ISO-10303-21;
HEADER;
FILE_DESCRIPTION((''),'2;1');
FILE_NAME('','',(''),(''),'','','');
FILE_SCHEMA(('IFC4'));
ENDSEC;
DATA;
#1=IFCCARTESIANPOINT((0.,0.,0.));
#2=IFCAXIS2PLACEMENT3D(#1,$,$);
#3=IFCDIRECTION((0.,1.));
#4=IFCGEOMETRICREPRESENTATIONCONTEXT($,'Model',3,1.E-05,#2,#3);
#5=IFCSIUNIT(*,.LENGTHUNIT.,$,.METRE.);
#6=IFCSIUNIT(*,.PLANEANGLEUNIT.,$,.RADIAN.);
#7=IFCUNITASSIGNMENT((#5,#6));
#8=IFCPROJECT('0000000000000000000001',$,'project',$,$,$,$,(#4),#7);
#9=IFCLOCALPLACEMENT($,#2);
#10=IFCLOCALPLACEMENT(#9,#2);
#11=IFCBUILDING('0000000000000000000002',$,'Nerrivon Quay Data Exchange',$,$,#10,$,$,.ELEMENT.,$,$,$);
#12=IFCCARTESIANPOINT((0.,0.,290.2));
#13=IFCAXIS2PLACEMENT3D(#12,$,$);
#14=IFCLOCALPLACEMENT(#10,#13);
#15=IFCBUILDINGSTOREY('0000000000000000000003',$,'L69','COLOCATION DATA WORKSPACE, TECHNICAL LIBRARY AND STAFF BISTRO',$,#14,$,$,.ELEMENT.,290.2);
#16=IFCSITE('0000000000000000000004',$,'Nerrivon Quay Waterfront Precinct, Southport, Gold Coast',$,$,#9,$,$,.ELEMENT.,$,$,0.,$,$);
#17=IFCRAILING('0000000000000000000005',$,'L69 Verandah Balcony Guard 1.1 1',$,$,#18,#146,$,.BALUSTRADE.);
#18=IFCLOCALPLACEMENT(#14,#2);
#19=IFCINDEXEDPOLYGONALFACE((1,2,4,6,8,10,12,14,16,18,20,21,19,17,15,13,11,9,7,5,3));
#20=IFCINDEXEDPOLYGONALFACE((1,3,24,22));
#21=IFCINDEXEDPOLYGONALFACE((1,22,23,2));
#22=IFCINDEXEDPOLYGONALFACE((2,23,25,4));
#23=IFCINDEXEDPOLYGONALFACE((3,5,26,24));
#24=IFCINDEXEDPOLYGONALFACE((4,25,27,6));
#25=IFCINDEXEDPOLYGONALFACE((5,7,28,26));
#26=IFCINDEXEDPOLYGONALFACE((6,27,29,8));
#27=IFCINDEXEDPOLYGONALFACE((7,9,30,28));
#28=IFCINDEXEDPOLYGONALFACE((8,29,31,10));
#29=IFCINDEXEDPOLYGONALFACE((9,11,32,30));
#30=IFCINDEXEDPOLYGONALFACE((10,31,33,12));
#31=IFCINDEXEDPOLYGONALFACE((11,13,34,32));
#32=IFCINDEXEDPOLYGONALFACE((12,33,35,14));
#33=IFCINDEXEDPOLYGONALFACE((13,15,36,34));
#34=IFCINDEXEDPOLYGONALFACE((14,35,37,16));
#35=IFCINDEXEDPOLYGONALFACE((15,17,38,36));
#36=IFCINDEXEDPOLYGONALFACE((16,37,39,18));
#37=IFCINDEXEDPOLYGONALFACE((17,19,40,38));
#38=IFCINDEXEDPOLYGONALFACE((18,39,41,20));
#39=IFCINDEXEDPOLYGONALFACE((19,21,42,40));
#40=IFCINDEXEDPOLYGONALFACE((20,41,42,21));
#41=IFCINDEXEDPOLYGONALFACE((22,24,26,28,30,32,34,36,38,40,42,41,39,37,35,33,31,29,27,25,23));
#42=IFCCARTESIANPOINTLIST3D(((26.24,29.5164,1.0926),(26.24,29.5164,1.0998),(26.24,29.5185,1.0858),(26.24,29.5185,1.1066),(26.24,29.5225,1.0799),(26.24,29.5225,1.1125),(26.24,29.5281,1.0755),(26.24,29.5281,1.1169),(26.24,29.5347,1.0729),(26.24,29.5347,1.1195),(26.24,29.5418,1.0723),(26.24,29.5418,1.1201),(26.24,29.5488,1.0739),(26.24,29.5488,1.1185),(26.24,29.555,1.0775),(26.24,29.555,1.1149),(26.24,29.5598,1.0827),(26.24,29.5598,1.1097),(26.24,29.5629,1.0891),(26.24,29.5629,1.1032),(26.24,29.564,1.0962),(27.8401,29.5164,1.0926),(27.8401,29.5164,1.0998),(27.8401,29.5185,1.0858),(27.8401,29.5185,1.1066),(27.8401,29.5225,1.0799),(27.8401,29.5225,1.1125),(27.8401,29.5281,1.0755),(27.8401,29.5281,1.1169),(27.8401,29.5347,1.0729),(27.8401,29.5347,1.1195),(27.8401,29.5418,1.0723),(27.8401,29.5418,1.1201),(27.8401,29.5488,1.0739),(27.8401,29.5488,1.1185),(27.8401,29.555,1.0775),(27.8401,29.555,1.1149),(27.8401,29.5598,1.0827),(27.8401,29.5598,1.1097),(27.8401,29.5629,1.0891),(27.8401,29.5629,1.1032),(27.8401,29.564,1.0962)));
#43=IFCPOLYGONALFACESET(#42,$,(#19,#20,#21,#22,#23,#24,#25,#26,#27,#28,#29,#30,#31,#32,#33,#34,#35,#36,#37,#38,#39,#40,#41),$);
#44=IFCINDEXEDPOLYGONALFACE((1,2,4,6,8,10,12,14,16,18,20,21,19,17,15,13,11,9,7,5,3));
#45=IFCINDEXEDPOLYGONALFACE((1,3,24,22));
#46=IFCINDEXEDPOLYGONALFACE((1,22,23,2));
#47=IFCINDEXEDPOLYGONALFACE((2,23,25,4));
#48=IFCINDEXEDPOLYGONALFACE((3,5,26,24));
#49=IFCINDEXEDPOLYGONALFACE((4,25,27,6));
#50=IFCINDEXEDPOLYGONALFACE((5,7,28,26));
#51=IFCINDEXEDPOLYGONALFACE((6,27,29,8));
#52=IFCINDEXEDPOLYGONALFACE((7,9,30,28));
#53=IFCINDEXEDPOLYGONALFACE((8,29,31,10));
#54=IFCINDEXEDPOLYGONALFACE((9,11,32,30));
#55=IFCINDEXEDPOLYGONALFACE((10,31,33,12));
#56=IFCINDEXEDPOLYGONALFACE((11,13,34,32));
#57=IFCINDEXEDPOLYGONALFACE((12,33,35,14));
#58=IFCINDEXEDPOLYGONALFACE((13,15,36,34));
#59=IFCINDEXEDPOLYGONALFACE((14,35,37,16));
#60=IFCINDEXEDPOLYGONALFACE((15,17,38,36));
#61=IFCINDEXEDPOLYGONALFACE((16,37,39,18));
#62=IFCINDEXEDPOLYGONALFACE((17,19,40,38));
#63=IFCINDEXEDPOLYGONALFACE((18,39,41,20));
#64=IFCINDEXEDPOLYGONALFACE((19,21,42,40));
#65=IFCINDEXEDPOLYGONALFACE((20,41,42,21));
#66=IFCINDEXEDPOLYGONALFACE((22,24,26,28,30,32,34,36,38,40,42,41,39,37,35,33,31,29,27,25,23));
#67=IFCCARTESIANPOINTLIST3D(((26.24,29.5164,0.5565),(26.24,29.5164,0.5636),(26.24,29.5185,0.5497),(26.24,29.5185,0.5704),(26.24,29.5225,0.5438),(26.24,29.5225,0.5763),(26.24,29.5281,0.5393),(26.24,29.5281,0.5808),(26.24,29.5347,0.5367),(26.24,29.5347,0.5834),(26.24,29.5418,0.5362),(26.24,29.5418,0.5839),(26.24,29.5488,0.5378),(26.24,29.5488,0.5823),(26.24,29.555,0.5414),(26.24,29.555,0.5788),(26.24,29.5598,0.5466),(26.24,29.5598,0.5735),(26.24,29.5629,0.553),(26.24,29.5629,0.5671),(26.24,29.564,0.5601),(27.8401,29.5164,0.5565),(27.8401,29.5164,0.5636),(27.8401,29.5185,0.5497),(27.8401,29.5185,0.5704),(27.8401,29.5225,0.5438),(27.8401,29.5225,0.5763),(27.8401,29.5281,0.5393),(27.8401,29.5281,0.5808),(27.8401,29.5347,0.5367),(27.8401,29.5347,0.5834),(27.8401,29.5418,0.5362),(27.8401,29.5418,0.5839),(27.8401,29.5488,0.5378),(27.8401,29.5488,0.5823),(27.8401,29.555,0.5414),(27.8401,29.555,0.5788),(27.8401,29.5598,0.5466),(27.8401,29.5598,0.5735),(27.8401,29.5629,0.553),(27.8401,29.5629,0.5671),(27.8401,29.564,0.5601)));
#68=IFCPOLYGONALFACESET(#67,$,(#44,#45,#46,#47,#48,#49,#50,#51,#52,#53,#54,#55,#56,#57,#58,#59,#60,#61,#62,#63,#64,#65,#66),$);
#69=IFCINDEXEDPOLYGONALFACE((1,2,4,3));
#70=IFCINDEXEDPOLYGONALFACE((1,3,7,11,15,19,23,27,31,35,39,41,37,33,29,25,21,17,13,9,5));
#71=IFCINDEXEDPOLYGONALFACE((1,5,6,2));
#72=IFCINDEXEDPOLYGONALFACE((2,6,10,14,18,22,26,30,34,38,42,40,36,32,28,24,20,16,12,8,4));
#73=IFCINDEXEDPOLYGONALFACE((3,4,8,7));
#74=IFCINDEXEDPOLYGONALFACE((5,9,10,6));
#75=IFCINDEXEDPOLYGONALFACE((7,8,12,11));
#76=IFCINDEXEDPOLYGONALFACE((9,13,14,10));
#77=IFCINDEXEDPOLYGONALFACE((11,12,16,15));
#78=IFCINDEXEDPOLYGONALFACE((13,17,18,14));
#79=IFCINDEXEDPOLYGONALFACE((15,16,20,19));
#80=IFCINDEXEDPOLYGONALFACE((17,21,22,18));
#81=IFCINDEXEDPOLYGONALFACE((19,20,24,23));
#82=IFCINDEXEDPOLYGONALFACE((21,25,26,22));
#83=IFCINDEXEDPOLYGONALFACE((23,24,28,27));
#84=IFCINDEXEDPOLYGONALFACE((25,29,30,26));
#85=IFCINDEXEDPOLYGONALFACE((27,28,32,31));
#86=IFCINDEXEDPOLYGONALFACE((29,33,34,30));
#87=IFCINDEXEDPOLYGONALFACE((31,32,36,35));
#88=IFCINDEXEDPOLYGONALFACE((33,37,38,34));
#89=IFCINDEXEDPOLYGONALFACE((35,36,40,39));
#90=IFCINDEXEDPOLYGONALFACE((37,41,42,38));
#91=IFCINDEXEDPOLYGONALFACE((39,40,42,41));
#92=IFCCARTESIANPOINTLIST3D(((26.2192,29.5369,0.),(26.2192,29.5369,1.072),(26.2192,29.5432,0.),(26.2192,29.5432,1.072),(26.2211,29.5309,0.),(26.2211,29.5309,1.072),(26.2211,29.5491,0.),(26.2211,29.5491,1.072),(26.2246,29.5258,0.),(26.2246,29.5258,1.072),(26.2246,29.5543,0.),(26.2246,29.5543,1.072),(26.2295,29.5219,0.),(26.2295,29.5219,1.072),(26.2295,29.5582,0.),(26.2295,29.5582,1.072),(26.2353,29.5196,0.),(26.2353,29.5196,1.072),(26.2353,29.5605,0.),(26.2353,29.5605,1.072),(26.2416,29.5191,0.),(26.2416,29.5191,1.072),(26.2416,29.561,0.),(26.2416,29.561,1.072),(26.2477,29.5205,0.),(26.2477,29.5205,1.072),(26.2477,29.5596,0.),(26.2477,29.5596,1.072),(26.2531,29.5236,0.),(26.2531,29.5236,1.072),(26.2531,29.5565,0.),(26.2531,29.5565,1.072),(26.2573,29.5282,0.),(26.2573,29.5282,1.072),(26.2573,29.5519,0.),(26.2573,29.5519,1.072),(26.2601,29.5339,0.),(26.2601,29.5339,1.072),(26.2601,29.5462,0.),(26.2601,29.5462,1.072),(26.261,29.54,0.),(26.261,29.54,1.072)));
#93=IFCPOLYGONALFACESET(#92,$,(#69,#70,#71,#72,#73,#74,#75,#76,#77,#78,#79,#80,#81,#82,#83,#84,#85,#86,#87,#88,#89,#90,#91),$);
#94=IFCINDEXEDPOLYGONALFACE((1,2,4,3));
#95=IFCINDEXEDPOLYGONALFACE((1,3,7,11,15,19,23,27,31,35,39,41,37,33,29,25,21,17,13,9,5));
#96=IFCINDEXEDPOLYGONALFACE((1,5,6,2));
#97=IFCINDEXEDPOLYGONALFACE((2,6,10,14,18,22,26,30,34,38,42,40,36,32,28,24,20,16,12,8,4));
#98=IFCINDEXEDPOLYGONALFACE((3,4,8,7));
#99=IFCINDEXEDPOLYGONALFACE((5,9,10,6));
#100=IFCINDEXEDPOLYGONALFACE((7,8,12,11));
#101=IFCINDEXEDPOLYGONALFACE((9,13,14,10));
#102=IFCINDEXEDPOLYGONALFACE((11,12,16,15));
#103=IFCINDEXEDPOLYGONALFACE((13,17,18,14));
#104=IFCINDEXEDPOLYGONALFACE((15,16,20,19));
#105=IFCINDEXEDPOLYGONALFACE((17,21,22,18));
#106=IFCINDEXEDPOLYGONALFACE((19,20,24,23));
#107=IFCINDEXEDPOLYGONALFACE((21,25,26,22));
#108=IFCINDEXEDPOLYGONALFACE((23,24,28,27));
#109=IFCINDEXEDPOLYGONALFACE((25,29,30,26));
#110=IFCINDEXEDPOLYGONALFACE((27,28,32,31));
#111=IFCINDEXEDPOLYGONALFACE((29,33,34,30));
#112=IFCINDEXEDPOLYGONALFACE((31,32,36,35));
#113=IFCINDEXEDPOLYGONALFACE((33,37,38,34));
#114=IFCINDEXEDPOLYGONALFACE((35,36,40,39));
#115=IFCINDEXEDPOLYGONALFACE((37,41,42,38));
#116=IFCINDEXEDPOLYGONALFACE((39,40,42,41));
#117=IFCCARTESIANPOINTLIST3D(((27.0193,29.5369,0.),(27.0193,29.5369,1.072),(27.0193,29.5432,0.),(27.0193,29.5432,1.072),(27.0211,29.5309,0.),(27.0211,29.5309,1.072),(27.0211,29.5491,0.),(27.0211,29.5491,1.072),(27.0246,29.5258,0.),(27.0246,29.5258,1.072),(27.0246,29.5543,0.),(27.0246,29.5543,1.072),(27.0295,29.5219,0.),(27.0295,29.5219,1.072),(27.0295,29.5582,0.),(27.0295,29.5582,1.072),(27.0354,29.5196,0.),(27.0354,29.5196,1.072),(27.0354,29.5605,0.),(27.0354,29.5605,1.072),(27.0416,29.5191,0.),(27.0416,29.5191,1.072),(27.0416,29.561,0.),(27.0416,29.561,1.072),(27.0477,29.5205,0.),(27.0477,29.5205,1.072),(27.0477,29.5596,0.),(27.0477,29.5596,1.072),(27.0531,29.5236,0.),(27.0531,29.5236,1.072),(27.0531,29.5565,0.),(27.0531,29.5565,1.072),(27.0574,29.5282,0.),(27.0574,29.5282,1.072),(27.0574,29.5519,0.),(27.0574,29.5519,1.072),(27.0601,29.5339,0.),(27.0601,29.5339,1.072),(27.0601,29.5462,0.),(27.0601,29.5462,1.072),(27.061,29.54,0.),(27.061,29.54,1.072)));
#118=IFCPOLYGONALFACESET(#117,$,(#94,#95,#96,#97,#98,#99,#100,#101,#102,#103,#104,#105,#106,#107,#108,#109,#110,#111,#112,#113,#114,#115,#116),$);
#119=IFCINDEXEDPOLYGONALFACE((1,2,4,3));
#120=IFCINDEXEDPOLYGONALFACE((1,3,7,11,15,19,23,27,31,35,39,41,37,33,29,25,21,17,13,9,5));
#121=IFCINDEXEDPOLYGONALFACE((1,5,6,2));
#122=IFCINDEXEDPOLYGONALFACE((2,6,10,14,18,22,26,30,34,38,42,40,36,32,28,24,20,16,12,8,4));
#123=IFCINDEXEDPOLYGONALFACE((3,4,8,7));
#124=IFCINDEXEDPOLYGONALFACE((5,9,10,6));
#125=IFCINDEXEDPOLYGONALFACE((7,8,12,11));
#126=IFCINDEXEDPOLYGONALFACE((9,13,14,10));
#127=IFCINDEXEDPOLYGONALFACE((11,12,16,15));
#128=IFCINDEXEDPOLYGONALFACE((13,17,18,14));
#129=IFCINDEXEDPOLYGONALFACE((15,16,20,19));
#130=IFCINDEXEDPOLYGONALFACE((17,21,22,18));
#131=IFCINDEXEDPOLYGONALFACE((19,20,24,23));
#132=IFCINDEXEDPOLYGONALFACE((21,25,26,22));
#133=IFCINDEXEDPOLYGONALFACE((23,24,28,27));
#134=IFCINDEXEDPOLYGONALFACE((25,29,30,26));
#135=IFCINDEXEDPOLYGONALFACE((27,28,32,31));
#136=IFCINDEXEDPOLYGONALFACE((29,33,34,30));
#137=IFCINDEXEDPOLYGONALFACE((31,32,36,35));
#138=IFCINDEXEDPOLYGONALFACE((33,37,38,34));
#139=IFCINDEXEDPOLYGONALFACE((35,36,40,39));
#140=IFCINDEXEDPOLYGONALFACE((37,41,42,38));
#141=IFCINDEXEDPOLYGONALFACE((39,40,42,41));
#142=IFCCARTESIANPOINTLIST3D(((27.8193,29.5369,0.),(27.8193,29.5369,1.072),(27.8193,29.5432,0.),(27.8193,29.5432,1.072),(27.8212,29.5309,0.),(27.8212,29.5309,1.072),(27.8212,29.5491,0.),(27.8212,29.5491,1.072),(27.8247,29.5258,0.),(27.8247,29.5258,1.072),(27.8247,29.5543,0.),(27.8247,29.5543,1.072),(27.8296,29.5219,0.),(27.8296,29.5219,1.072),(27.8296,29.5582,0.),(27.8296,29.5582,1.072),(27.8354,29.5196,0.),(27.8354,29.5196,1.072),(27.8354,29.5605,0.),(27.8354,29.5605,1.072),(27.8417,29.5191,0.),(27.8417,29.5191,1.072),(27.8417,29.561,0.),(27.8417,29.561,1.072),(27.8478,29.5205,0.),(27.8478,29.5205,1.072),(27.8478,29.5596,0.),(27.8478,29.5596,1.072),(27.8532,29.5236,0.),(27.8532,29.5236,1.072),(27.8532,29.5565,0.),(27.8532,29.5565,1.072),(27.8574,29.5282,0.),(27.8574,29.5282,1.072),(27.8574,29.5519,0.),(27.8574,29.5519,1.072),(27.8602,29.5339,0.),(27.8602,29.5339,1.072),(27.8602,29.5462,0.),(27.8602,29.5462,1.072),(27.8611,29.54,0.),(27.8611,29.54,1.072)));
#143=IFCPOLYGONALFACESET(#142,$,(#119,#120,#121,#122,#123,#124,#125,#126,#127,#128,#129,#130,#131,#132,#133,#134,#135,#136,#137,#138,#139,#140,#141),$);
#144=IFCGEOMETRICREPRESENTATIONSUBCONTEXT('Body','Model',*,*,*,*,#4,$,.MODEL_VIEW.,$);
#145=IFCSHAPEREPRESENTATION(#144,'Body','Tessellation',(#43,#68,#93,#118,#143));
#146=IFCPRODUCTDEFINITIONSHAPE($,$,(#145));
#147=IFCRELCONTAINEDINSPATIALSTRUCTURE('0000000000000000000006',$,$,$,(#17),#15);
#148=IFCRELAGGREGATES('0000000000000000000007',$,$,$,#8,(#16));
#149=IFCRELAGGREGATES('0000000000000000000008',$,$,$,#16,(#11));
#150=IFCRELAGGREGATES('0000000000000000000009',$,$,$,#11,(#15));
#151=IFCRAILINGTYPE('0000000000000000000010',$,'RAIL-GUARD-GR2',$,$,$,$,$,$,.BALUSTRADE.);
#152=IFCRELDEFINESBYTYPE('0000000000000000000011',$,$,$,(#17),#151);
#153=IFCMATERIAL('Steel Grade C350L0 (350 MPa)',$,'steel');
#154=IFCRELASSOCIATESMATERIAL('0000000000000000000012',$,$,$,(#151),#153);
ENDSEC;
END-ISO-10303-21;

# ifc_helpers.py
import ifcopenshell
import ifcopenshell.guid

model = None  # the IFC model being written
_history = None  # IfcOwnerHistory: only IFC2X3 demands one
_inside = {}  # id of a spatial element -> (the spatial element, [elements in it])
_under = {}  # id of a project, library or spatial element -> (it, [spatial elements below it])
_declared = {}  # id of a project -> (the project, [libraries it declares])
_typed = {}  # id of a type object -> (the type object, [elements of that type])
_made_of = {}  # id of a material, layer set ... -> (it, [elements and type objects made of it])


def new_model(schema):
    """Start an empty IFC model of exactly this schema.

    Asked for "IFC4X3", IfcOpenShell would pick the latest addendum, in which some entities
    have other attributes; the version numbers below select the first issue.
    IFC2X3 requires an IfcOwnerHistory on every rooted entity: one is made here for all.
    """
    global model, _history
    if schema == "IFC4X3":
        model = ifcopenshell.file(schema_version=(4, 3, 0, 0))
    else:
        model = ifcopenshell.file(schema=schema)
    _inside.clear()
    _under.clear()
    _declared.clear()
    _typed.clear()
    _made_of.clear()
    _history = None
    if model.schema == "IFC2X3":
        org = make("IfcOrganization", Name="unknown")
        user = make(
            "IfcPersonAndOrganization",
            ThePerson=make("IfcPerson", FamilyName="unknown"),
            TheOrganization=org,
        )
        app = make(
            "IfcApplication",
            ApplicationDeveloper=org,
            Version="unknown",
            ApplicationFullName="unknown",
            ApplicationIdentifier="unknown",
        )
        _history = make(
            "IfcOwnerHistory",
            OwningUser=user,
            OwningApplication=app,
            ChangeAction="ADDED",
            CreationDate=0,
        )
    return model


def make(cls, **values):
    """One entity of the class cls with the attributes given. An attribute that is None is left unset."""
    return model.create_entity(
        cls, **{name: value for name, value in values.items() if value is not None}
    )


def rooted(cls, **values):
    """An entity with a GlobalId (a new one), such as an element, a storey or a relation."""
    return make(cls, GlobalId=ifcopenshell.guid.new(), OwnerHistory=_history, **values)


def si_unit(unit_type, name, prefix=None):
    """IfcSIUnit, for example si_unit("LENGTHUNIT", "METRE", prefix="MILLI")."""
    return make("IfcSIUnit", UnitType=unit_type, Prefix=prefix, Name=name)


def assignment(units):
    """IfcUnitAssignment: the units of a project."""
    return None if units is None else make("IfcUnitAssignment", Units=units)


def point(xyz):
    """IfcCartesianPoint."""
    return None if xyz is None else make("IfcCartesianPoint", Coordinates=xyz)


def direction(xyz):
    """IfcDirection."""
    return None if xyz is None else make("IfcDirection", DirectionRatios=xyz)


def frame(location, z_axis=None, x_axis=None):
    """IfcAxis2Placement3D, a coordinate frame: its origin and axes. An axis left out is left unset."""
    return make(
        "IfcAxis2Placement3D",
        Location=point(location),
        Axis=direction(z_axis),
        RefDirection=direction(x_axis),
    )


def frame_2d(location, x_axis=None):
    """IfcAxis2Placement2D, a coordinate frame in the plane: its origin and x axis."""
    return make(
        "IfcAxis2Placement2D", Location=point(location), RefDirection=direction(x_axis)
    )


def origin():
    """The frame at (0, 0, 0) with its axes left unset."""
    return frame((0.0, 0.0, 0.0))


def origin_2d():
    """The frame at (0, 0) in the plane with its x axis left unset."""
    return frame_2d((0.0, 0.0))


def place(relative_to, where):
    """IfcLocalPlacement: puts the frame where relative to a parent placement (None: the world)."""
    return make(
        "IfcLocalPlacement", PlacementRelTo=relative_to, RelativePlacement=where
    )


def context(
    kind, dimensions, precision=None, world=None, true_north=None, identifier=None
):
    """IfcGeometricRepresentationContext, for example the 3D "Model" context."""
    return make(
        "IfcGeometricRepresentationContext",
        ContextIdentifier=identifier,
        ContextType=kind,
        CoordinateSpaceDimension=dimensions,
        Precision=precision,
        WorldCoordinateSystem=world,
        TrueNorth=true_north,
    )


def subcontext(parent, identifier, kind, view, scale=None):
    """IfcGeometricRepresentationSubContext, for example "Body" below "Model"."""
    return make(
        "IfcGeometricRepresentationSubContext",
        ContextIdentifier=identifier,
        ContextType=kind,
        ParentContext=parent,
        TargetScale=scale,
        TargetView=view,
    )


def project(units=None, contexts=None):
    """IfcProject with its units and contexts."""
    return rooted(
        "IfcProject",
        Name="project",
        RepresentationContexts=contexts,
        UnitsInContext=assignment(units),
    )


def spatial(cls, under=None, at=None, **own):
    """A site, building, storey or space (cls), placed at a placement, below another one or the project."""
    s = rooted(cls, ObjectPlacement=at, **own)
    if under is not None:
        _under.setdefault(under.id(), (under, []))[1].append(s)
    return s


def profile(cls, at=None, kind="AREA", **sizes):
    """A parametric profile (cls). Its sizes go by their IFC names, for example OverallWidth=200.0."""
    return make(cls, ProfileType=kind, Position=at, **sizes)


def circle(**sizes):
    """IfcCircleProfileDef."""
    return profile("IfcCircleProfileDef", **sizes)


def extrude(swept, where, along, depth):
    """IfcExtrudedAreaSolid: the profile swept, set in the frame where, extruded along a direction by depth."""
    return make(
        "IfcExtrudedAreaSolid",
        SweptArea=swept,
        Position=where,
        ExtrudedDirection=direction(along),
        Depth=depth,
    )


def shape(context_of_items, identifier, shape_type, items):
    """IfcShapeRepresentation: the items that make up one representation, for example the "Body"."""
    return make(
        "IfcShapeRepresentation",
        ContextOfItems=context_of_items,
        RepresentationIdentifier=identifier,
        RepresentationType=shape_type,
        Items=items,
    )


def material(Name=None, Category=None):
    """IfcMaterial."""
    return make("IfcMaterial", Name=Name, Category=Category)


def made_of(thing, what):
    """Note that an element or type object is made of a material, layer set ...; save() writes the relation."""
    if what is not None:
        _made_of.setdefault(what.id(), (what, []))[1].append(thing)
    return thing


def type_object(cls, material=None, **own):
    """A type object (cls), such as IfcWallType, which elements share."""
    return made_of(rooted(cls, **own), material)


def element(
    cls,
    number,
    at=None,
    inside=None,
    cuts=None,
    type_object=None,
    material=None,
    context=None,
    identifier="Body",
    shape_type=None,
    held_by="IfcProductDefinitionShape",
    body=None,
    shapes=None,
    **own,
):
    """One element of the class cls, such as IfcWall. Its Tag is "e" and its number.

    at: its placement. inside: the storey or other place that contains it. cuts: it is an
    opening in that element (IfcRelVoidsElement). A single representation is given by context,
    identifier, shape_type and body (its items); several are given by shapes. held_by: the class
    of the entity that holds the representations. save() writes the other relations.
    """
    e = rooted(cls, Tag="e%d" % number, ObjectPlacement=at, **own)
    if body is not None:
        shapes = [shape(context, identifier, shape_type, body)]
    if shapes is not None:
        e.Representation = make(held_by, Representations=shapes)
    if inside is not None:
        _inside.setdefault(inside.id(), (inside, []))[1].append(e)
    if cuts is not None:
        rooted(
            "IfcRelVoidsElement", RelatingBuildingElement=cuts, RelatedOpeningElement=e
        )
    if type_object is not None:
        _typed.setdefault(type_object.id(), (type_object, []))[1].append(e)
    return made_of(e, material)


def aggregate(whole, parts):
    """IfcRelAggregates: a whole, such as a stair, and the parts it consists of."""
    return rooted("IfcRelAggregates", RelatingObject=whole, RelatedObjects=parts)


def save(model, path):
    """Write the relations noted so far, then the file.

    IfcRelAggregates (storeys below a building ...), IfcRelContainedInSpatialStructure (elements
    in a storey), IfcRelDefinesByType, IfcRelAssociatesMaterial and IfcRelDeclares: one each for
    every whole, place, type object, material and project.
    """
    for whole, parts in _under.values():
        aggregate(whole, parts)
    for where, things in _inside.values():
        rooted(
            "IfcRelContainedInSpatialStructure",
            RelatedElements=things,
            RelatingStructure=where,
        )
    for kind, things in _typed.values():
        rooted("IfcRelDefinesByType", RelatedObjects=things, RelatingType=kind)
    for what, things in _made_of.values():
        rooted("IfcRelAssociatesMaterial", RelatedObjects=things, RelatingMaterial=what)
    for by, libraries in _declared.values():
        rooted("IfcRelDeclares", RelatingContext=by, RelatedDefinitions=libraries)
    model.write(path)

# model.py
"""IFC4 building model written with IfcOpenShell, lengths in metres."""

from ifc_helpers import new_model, si_unit, direction, frame, origin, origin_2d, place, context, subcontext, project, spatial, circle, extrude, material, type_object, element, save


model = new_model("IFC4")

# Units and contexts
model_context = context("Model", 3, precision=1e-05, world=origin(), true_north=direction((0.0, 1.0)))
body_context = subcontext(model_context, "Body", "Model", "MODEL_VIEW")
ifc_project = project(units=[si_unit("LENGTHUNIT", "METRE"), si_unit("PLANEANGLEUNIT", "RADIAN")], contexts=[model_context])

# Site, building, storey
site_placement = place(None, origin())
site = spatial("IfcSite", under=ifc_project, at=site_placement, Name="Nerrivon Quay Waterfront Precinct, Southport, Gold Coast", CompositionType="ELEMENT", RefElevation=0.0)
building_placement = place(site_placement, origin())
building = spatial("IfcBuilding", under=site, at=building_placement, Name="Nerrivon Quay Data Exchange", CompositionType="ELEMENT")
storey_placement = place(building_placement, frame((0.0, 0.0, 290.2)))
storey = spatial("IfcBuildingStorey", under=building, at=storey_placement, Name="L69", Description="COLOCATION DATA WORKSPACE, TECHNICAL LIBRARY AND STAFF BISTRO", CompositionType="ELEMENT", Elevation=290.2)

# Railing
ifc_material_1 = material(Name="Steel Grade C350L0 (350 MPa)", Category="steel")
railing_type = type_object("IfcRailingType", Name="RAIL-GUARD-GR2", PredefinedType="BALUSTRADE", material=ifc_material_1)
railing_1_placement = place(storey_placement, frame((26.24, 29.54, 0.0)))
element("IfcRailing", 1, at=railing_1_placement, inside=storey, type_object=railing_type, Name="L69 Verandah Balcony Guard 1.1 1", PredefinedType="BALUSTRADE", context=body_context, shape_type="SweptSolid", body=[
    extrude(circle(Radius=0.0239, at=origin_2d()), frame((0.0, 0.0, 1.0962), z_axis=(1.0, 0.0, 0.0), x_axis=(0.0, 1.0, 0.0)), (0.0, 0.0, 1.0), 1.6001),
    extrude(circle(Radius=0.0239, at=origin_2d()), frame((0.0, 0.0, 0.5601), z_axis=(1.0, 0.0, 0.0), x_axis=(0.0, 1.0, 0.0)), (0.0, 0.0, 1.0), 1.6001),
    extrude(circle(Radius=0.021, at=origin_2d()), origin(), (0.0, 0.0, 1.0), 1.072),
    extrude(circle(Radius=0.021, at=origin_2d()), frame((0.8, 0.0, 0.0)), (0.0, 0.0, 1.0), 1.072),
    extrude(circle(Radius=0.021, at=origin_2d()), frame((1.6001, 0.0, 0.0)), (0.0, 0.0, 1.0), 1.072),
])

save(model, "model.ifc")
